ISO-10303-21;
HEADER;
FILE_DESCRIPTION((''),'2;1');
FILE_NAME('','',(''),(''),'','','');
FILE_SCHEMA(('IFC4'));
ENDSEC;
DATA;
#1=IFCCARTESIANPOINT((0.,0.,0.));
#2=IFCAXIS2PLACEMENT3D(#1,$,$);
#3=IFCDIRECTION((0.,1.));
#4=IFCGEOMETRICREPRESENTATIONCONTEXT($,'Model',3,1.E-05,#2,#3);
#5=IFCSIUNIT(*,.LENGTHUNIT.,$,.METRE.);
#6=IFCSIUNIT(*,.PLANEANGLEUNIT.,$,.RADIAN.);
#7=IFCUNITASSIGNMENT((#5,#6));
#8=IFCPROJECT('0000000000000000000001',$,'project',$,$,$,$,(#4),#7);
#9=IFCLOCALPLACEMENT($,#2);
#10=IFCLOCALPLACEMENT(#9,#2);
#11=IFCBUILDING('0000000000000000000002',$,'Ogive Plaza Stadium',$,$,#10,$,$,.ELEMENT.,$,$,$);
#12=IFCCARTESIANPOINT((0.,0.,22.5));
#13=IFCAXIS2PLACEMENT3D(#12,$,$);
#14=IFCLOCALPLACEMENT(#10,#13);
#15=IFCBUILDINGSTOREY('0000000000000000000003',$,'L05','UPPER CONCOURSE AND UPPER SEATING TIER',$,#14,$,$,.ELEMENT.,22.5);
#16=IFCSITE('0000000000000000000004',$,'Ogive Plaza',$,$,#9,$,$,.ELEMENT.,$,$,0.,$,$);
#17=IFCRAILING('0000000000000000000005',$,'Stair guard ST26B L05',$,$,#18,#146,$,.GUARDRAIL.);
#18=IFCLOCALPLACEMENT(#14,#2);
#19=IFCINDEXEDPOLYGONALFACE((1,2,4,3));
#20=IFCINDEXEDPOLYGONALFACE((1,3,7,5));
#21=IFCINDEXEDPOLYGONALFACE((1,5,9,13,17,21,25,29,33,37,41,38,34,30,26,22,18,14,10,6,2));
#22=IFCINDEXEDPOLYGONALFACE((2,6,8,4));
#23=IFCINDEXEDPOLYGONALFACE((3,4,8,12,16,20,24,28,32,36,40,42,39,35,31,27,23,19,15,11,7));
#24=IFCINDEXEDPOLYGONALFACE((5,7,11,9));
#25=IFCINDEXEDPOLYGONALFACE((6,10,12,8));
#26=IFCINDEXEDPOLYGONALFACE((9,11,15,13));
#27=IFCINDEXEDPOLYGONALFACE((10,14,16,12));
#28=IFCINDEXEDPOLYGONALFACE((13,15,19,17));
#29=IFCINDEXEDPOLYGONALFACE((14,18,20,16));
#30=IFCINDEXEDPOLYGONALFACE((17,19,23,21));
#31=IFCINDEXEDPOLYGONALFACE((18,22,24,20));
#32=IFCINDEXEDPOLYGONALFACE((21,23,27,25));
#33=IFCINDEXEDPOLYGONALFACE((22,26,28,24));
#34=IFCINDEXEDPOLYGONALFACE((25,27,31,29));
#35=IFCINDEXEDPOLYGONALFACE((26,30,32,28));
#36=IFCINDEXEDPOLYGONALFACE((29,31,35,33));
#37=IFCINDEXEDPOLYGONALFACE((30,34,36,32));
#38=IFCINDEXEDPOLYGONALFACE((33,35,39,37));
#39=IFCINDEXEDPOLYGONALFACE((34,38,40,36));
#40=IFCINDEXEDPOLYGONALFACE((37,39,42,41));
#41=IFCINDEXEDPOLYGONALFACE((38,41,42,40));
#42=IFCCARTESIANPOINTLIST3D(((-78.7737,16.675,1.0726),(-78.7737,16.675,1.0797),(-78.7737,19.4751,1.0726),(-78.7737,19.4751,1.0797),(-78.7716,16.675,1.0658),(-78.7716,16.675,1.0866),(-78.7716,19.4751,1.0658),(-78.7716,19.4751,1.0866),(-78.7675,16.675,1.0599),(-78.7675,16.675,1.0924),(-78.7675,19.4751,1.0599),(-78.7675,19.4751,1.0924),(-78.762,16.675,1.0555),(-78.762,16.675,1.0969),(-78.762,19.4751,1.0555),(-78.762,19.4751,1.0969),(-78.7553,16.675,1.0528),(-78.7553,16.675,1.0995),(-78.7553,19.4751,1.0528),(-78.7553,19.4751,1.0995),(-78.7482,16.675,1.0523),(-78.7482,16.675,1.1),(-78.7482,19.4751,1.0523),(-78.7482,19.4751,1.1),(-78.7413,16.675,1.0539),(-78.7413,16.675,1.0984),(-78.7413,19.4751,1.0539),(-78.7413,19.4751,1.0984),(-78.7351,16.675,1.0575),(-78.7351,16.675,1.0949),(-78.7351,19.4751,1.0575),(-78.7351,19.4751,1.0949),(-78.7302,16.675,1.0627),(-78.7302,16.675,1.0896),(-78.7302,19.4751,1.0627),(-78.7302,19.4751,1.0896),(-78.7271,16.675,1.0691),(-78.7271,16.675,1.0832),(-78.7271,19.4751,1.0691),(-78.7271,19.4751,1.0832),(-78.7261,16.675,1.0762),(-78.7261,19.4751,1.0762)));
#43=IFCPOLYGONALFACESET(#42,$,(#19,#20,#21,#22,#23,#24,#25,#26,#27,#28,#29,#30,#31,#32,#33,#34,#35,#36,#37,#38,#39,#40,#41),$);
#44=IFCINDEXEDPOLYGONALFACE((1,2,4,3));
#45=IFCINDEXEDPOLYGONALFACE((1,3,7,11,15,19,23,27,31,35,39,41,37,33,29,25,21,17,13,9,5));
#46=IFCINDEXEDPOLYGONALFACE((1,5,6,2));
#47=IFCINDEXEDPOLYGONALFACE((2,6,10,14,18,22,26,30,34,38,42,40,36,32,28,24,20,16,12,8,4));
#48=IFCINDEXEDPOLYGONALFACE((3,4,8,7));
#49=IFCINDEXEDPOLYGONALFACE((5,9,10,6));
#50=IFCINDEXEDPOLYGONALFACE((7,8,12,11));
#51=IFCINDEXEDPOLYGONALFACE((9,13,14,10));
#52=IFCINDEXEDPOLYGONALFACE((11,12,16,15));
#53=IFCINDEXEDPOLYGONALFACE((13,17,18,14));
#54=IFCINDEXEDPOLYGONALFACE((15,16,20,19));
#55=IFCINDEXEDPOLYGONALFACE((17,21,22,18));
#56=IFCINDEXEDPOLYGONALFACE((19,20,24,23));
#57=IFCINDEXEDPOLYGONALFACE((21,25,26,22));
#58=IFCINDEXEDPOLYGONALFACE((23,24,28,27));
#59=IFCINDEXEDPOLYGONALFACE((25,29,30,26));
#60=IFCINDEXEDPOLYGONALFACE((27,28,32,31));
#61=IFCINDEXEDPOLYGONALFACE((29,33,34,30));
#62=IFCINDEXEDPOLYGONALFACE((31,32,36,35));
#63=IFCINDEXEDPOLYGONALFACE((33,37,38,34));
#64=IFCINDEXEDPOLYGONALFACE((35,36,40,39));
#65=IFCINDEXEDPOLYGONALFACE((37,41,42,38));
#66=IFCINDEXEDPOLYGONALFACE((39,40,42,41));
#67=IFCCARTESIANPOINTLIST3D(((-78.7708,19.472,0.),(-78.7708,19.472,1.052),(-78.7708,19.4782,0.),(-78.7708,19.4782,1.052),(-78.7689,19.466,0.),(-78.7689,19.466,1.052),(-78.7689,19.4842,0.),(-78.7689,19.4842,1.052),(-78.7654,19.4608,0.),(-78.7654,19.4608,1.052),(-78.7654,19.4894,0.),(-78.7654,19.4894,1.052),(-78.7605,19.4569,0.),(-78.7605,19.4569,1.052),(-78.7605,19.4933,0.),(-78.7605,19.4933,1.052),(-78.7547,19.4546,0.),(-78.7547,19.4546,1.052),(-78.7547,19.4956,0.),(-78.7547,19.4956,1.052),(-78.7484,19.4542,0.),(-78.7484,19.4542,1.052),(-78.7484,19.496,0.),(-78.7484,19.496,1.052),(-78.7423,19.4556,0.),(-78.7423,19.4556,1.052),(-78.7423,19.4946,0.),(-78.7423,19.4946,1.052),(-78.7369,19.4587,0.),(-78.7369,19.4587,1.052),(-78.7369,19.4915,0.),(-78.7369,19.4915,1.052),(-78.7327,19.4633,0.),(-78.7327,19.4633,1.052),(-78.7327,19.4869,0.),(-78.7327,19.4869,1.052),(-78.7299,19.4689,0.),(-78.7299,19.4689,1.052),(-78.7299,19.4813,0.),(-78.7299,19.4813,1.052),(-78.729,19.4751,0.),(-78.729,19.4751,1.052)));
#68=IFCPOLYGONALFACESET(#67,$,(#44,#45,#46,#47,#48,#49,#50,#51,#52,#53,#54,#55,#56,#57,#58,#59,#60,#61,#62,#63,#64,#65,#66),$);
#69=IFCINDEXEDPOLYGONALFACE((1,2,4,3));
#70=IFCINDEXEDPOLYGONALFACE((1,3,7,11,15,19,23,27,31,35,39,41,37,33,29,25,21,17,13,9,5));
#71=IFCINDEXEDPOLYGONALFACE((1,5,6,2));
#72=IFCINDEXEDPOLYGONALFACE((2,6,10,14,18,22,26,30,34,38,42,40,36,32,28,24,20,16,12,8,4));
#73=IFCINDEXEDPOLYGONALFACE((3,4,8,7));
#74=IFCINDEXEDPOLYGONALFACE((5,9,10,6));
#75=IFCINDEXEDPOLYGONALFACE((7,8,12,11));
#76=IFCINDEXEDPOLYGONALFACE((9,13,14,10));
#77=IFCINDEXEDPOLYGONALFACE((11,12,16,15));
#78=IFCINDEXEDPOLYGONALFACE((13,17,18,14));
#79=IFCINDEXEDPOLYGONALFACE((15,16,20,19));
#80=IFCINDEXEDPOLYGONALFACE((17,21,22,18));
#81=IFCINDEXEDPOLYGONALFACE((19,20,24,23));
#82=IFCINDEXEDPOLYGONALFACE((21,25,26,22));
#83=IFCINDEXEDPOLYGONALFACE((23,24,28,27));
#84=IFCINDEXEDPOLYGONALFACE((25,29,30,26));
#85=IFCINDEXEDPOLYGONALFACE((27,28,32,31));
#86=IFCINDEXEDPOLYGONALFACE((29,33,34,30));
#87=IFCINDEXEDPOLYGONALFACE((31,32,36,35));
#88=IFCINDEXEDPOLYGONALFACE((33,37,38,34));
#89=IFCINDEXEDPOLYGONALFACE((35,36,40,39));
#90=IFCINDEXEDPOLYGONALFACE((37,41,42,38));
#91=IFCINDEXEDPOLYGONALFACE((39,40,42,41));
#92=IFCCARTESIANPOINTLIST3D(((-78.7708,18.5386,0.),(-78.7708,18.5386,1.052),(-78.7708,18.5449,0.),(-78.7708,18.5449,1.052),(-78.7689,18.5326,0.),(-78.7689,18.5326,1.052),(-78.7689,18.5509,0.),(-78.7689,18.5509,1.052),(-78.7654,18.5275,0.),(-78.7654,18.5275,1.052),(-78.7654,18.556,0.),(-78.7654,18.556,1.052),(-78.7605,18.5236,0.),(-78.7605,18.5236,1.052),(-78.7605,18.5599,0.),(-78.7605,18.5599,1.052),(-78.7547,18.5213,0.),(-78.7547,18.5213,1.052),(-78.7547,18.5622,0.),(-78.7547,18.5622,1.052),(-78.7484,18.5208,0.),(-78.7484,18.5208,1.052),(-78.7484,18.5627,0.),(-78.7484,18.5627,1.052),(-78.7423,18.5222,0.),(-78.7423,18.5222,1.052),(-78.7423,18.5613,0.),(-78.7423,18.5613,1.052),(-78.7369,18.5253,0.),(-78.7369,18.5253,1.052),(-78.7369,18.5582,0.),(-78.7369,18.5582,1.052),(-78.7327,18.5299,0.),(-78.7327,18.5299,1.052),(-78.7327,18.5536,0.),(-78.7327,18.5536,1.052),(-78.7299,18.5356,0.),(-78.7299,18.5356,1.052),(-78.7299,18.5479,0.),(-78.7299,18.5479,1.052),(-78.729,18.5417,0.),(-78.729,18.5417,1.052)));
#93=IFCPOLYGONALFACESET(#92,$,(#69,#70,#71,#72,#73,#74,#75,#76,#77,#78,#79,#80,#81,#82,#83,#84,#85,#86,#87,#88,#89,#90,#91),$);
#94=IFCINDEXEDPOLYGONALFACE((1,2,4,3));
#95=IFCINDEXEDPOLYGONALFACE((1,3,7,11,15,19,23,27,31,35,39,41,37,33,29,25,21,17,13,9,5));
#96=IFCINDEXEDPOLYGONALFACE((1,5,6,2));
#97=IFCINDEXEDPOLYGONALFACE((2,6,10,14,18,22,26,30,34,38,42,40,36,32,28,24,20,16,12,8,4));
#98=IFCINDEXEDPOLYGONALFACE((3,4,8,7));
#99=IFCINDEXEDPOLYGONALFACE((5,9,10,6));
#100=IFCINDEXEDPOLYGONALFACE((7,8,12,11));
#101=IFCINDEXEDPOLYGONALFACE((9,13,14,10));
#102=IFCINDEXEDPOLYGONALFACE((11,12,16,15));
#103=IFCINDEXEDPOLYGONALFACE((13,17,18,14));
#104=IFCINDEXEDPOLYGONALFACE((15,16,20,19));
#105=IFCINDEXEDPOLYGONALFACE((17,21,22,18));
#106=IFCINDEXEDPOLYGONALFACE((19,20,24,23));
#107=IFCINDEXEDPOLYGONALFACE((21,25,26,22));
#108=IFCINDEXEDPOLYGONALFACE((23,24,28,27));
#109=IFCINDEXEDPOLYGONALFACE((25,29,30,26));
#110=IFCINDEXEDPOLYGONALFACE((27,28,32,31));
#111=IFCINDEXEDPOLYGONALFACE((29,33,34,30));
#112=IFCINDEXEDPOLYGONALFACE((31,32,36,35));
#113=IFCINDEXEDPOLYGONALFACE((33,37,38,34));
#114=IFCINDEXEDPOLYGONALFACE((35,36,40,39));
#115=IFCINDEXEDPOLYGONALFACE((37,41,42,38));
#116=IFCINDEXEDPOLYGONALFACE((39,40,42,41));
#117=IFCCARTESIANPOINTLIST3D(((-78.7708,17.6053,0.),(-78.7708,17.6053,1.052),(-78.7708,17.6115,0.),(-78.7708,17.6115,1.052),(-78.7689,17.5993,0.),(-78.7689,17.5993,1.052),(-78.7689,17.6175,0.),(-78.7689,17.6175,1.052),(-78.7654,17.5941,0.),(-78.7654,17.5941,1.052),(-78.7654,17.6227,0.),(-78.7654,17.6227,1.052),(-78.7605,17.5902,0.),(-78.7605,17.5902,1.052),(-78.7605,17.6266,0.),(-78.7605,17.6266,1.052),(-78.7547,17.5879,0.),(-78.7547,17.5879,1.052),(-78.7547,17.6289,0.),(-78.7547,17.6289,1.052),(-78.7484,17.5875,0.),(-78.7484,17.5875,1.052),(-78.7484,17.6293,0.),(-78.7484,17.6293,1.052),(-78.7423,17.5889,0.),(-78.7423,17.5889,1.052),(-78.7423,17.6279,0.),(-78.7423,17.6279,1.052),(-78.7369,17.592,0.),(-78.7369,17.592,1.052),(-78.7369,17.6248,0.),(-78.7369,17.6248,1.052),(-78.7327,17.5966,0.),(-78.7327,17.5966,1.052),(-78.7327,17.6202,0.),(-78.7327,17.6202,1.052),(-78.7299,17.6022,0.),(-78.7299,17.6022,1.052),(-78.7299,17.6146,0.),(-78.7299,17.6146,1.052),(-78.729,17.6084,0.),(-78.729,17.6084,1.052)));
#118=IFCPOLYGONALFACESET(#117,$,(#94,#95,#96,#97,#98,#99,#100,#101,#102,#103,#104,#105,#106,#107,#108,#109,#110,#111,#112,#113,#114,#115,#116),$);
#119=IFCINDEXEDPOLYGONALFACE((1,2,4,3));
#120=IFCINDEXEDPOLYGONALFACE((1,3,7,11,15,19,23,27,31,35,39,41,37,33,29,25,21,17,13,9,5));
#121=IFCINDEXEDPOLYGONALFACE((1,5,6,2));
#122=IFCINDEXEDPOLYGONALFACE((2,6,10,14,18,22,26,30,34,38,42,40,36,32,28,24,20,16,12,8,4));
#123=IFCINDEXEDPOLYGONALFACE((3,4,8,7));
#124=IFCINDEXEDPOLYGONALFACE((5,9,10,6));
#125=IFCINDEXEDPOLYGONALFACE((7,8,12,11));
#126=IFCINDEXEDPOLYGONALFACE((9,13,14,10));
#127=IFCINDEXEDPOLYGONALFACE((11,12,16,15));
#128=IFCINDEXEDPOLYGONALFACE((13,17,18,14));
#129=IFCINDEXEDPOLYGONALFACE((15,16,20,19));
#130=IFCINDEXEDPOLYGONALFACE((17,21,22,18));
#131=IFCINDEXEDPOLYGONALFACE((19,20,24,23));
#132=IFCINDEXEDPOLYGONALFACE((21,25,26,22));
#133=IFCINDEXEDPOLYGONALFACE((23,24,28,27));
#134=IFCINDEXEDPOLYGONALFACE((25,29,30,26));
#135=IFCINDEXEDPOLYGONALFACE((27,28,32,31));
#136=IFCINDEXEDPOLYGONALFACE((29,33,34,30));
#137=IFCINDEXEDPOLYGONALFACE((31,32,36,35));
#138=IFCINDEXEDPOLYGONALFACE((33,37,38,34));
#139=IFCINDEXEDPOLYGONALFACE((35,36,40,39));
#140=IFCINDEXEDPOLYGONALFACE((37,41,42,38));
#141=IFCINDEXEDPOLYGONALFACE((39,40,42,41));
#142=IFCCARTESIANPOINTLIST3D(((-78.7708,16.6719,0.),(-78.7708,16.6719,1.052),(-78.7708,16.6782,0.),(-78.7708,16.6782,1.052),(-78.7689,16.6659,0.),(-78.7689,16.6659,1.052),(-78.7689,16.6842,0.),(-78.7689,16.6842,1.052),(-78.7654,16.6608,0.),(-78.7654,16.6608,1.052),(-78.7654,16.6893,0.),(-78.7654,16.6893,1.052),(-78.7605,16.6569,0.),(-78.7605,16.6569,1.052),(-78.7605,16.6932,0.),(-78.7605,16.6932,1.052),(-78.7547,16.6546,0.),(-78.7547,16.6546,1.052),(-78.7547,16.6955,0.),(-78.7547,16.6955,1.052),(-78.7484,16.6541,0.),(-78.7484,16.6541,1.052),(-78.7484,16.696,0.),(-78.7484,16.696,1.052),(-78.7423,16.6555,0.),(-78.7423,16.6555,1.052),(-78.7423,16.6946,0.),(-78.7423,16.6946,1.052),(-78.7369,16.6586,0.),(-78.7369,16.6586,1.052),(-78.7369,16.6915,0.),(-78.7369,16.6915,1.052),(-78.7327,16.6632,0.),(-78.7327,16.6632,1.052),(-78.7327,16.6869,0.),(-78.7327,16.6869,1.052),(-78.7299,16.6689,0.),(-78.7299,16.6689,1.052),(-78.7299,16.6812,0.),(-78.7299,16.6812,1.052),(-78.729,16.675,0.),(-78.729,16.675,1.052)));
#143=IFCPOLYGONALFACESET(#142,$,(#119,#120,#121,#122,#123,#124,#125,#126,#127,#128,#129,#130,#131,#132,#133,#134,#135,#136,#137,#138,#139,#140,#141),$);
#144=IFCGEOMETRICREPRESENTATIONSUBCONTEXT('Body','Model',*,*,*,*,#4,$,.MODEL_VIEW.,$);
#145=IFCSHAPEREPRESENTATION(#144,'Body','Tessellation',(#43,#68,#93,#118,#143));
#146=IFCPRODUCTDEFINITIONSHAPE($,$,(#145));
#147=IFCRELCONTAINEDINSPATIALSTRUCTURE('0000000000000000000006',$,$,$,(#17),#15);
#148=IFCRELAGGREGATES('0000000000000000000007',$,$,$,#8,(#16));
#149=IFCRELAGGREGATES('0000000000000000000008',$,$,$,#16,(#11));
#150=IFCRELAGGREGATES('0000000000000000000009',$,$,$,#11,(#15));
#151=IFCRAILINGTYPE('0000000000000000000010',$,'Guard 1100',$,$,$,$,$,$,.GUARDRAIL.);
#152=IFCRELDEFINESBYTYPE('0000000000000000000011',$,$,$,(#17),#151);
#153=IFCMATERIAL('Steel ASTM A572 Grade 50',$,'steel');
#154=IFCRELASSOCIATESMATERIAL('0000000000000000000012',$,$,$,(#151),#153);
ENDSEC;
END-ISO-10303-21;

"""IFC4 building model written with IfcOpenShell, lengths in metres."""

from ifc_helpers import new_model, si_unit, direction, frame, origin, origin_2d, place, context, subcontext, project, spatial, circle, extrude, material, type_object, element, save


model = new_model("IFC4")

# Units and contexts
model_context = context("Model", 3, precision=1e-05, world=origin(), true_north=direction((0.0, 1.0)))
body_context = subcontext(model_context, "Body", "Model", "MODEL_VIEW")
ifc_project = project(units=[si_unit("LENGTHUNIT", "METRE"), si_unit("PLANEANGLEUNIT", "RADIAN")], contexts=[model_context])

# Site, building, storey
site_placement = place(None, origin())
site = spatial("IfcSite", under=ifc_project, at=site_placement, Name="Ogive Plaza", CompositionType="ELEMENT", RefElevation=0.0)
building_placement = place(site_placement, origin())
building = spatial("IfcBuilding", under=site, at=building_placement, Name="Ogive Plaza Stadium", CompositionType="ELEMENT")
storey_placement = place(building_placement, frame((0.0, 0.0, 22.5)))
storey = spatial("IfcBuildingStorey", under=building, at=storey_placement, Name="L05", Description="UPPER CONCOURSE AND UPPER SEATING TIER", CompositionType="ELEMENT", Elevation=22.5)

# Railing
ifc_material_1 = material(Name="Steel ASTM A572 Grade 50", Category="steel")
railing_type_1 = type_object("IfcRailingType", Name="Guard 1100", PredefinedType="GUARDRAIL", material=ifc_material_1)
for number, where, name in (
    (1, (-78.75, 19.4751, 0.0), "Stair guard ST26B L05"),
):
    element("IfcRailing", number, at=place(storey_placement, frame(where)), inside=storey, type_object=railing_type_1, Name=name, PredefinedType="GUARDRAIL", context=body_context, shape_type="SweptSolid", body=[
        extrude(circle(Radius=0.0239, at=origin_2d()), frame((0.0, 0.0, 1.0762), z_axis=(0.0, -1.0, 0.0), x_axis=(1.0, 0.0, 0.0)), (0.0, 0.0, 1.0), 2.8),
        extrude(circle(Radius=0.021, at=origin_2d()), origin(), (0.0, 0.0, 1.0), 1.052),
        extrude(circle(Radius=0.021, at=origin_2d()), frame((0.0, -0.9333, 0.0)), (0.0, 0.0, 1.0), 1.052),
        extrude(circle(Radius=0.021, at=origin_2d()), frame((0.0, -1.8667, 0.0)), (0.0, 0.0, 1.0), 1.052),
        extrude(circle(Radius=0.021, at=origin_2d()), frame((0.0, -2.8, 0.0)), (0.0, 0.0, 1.0), 1.052),
    ])

save(model, "model.ifc")
